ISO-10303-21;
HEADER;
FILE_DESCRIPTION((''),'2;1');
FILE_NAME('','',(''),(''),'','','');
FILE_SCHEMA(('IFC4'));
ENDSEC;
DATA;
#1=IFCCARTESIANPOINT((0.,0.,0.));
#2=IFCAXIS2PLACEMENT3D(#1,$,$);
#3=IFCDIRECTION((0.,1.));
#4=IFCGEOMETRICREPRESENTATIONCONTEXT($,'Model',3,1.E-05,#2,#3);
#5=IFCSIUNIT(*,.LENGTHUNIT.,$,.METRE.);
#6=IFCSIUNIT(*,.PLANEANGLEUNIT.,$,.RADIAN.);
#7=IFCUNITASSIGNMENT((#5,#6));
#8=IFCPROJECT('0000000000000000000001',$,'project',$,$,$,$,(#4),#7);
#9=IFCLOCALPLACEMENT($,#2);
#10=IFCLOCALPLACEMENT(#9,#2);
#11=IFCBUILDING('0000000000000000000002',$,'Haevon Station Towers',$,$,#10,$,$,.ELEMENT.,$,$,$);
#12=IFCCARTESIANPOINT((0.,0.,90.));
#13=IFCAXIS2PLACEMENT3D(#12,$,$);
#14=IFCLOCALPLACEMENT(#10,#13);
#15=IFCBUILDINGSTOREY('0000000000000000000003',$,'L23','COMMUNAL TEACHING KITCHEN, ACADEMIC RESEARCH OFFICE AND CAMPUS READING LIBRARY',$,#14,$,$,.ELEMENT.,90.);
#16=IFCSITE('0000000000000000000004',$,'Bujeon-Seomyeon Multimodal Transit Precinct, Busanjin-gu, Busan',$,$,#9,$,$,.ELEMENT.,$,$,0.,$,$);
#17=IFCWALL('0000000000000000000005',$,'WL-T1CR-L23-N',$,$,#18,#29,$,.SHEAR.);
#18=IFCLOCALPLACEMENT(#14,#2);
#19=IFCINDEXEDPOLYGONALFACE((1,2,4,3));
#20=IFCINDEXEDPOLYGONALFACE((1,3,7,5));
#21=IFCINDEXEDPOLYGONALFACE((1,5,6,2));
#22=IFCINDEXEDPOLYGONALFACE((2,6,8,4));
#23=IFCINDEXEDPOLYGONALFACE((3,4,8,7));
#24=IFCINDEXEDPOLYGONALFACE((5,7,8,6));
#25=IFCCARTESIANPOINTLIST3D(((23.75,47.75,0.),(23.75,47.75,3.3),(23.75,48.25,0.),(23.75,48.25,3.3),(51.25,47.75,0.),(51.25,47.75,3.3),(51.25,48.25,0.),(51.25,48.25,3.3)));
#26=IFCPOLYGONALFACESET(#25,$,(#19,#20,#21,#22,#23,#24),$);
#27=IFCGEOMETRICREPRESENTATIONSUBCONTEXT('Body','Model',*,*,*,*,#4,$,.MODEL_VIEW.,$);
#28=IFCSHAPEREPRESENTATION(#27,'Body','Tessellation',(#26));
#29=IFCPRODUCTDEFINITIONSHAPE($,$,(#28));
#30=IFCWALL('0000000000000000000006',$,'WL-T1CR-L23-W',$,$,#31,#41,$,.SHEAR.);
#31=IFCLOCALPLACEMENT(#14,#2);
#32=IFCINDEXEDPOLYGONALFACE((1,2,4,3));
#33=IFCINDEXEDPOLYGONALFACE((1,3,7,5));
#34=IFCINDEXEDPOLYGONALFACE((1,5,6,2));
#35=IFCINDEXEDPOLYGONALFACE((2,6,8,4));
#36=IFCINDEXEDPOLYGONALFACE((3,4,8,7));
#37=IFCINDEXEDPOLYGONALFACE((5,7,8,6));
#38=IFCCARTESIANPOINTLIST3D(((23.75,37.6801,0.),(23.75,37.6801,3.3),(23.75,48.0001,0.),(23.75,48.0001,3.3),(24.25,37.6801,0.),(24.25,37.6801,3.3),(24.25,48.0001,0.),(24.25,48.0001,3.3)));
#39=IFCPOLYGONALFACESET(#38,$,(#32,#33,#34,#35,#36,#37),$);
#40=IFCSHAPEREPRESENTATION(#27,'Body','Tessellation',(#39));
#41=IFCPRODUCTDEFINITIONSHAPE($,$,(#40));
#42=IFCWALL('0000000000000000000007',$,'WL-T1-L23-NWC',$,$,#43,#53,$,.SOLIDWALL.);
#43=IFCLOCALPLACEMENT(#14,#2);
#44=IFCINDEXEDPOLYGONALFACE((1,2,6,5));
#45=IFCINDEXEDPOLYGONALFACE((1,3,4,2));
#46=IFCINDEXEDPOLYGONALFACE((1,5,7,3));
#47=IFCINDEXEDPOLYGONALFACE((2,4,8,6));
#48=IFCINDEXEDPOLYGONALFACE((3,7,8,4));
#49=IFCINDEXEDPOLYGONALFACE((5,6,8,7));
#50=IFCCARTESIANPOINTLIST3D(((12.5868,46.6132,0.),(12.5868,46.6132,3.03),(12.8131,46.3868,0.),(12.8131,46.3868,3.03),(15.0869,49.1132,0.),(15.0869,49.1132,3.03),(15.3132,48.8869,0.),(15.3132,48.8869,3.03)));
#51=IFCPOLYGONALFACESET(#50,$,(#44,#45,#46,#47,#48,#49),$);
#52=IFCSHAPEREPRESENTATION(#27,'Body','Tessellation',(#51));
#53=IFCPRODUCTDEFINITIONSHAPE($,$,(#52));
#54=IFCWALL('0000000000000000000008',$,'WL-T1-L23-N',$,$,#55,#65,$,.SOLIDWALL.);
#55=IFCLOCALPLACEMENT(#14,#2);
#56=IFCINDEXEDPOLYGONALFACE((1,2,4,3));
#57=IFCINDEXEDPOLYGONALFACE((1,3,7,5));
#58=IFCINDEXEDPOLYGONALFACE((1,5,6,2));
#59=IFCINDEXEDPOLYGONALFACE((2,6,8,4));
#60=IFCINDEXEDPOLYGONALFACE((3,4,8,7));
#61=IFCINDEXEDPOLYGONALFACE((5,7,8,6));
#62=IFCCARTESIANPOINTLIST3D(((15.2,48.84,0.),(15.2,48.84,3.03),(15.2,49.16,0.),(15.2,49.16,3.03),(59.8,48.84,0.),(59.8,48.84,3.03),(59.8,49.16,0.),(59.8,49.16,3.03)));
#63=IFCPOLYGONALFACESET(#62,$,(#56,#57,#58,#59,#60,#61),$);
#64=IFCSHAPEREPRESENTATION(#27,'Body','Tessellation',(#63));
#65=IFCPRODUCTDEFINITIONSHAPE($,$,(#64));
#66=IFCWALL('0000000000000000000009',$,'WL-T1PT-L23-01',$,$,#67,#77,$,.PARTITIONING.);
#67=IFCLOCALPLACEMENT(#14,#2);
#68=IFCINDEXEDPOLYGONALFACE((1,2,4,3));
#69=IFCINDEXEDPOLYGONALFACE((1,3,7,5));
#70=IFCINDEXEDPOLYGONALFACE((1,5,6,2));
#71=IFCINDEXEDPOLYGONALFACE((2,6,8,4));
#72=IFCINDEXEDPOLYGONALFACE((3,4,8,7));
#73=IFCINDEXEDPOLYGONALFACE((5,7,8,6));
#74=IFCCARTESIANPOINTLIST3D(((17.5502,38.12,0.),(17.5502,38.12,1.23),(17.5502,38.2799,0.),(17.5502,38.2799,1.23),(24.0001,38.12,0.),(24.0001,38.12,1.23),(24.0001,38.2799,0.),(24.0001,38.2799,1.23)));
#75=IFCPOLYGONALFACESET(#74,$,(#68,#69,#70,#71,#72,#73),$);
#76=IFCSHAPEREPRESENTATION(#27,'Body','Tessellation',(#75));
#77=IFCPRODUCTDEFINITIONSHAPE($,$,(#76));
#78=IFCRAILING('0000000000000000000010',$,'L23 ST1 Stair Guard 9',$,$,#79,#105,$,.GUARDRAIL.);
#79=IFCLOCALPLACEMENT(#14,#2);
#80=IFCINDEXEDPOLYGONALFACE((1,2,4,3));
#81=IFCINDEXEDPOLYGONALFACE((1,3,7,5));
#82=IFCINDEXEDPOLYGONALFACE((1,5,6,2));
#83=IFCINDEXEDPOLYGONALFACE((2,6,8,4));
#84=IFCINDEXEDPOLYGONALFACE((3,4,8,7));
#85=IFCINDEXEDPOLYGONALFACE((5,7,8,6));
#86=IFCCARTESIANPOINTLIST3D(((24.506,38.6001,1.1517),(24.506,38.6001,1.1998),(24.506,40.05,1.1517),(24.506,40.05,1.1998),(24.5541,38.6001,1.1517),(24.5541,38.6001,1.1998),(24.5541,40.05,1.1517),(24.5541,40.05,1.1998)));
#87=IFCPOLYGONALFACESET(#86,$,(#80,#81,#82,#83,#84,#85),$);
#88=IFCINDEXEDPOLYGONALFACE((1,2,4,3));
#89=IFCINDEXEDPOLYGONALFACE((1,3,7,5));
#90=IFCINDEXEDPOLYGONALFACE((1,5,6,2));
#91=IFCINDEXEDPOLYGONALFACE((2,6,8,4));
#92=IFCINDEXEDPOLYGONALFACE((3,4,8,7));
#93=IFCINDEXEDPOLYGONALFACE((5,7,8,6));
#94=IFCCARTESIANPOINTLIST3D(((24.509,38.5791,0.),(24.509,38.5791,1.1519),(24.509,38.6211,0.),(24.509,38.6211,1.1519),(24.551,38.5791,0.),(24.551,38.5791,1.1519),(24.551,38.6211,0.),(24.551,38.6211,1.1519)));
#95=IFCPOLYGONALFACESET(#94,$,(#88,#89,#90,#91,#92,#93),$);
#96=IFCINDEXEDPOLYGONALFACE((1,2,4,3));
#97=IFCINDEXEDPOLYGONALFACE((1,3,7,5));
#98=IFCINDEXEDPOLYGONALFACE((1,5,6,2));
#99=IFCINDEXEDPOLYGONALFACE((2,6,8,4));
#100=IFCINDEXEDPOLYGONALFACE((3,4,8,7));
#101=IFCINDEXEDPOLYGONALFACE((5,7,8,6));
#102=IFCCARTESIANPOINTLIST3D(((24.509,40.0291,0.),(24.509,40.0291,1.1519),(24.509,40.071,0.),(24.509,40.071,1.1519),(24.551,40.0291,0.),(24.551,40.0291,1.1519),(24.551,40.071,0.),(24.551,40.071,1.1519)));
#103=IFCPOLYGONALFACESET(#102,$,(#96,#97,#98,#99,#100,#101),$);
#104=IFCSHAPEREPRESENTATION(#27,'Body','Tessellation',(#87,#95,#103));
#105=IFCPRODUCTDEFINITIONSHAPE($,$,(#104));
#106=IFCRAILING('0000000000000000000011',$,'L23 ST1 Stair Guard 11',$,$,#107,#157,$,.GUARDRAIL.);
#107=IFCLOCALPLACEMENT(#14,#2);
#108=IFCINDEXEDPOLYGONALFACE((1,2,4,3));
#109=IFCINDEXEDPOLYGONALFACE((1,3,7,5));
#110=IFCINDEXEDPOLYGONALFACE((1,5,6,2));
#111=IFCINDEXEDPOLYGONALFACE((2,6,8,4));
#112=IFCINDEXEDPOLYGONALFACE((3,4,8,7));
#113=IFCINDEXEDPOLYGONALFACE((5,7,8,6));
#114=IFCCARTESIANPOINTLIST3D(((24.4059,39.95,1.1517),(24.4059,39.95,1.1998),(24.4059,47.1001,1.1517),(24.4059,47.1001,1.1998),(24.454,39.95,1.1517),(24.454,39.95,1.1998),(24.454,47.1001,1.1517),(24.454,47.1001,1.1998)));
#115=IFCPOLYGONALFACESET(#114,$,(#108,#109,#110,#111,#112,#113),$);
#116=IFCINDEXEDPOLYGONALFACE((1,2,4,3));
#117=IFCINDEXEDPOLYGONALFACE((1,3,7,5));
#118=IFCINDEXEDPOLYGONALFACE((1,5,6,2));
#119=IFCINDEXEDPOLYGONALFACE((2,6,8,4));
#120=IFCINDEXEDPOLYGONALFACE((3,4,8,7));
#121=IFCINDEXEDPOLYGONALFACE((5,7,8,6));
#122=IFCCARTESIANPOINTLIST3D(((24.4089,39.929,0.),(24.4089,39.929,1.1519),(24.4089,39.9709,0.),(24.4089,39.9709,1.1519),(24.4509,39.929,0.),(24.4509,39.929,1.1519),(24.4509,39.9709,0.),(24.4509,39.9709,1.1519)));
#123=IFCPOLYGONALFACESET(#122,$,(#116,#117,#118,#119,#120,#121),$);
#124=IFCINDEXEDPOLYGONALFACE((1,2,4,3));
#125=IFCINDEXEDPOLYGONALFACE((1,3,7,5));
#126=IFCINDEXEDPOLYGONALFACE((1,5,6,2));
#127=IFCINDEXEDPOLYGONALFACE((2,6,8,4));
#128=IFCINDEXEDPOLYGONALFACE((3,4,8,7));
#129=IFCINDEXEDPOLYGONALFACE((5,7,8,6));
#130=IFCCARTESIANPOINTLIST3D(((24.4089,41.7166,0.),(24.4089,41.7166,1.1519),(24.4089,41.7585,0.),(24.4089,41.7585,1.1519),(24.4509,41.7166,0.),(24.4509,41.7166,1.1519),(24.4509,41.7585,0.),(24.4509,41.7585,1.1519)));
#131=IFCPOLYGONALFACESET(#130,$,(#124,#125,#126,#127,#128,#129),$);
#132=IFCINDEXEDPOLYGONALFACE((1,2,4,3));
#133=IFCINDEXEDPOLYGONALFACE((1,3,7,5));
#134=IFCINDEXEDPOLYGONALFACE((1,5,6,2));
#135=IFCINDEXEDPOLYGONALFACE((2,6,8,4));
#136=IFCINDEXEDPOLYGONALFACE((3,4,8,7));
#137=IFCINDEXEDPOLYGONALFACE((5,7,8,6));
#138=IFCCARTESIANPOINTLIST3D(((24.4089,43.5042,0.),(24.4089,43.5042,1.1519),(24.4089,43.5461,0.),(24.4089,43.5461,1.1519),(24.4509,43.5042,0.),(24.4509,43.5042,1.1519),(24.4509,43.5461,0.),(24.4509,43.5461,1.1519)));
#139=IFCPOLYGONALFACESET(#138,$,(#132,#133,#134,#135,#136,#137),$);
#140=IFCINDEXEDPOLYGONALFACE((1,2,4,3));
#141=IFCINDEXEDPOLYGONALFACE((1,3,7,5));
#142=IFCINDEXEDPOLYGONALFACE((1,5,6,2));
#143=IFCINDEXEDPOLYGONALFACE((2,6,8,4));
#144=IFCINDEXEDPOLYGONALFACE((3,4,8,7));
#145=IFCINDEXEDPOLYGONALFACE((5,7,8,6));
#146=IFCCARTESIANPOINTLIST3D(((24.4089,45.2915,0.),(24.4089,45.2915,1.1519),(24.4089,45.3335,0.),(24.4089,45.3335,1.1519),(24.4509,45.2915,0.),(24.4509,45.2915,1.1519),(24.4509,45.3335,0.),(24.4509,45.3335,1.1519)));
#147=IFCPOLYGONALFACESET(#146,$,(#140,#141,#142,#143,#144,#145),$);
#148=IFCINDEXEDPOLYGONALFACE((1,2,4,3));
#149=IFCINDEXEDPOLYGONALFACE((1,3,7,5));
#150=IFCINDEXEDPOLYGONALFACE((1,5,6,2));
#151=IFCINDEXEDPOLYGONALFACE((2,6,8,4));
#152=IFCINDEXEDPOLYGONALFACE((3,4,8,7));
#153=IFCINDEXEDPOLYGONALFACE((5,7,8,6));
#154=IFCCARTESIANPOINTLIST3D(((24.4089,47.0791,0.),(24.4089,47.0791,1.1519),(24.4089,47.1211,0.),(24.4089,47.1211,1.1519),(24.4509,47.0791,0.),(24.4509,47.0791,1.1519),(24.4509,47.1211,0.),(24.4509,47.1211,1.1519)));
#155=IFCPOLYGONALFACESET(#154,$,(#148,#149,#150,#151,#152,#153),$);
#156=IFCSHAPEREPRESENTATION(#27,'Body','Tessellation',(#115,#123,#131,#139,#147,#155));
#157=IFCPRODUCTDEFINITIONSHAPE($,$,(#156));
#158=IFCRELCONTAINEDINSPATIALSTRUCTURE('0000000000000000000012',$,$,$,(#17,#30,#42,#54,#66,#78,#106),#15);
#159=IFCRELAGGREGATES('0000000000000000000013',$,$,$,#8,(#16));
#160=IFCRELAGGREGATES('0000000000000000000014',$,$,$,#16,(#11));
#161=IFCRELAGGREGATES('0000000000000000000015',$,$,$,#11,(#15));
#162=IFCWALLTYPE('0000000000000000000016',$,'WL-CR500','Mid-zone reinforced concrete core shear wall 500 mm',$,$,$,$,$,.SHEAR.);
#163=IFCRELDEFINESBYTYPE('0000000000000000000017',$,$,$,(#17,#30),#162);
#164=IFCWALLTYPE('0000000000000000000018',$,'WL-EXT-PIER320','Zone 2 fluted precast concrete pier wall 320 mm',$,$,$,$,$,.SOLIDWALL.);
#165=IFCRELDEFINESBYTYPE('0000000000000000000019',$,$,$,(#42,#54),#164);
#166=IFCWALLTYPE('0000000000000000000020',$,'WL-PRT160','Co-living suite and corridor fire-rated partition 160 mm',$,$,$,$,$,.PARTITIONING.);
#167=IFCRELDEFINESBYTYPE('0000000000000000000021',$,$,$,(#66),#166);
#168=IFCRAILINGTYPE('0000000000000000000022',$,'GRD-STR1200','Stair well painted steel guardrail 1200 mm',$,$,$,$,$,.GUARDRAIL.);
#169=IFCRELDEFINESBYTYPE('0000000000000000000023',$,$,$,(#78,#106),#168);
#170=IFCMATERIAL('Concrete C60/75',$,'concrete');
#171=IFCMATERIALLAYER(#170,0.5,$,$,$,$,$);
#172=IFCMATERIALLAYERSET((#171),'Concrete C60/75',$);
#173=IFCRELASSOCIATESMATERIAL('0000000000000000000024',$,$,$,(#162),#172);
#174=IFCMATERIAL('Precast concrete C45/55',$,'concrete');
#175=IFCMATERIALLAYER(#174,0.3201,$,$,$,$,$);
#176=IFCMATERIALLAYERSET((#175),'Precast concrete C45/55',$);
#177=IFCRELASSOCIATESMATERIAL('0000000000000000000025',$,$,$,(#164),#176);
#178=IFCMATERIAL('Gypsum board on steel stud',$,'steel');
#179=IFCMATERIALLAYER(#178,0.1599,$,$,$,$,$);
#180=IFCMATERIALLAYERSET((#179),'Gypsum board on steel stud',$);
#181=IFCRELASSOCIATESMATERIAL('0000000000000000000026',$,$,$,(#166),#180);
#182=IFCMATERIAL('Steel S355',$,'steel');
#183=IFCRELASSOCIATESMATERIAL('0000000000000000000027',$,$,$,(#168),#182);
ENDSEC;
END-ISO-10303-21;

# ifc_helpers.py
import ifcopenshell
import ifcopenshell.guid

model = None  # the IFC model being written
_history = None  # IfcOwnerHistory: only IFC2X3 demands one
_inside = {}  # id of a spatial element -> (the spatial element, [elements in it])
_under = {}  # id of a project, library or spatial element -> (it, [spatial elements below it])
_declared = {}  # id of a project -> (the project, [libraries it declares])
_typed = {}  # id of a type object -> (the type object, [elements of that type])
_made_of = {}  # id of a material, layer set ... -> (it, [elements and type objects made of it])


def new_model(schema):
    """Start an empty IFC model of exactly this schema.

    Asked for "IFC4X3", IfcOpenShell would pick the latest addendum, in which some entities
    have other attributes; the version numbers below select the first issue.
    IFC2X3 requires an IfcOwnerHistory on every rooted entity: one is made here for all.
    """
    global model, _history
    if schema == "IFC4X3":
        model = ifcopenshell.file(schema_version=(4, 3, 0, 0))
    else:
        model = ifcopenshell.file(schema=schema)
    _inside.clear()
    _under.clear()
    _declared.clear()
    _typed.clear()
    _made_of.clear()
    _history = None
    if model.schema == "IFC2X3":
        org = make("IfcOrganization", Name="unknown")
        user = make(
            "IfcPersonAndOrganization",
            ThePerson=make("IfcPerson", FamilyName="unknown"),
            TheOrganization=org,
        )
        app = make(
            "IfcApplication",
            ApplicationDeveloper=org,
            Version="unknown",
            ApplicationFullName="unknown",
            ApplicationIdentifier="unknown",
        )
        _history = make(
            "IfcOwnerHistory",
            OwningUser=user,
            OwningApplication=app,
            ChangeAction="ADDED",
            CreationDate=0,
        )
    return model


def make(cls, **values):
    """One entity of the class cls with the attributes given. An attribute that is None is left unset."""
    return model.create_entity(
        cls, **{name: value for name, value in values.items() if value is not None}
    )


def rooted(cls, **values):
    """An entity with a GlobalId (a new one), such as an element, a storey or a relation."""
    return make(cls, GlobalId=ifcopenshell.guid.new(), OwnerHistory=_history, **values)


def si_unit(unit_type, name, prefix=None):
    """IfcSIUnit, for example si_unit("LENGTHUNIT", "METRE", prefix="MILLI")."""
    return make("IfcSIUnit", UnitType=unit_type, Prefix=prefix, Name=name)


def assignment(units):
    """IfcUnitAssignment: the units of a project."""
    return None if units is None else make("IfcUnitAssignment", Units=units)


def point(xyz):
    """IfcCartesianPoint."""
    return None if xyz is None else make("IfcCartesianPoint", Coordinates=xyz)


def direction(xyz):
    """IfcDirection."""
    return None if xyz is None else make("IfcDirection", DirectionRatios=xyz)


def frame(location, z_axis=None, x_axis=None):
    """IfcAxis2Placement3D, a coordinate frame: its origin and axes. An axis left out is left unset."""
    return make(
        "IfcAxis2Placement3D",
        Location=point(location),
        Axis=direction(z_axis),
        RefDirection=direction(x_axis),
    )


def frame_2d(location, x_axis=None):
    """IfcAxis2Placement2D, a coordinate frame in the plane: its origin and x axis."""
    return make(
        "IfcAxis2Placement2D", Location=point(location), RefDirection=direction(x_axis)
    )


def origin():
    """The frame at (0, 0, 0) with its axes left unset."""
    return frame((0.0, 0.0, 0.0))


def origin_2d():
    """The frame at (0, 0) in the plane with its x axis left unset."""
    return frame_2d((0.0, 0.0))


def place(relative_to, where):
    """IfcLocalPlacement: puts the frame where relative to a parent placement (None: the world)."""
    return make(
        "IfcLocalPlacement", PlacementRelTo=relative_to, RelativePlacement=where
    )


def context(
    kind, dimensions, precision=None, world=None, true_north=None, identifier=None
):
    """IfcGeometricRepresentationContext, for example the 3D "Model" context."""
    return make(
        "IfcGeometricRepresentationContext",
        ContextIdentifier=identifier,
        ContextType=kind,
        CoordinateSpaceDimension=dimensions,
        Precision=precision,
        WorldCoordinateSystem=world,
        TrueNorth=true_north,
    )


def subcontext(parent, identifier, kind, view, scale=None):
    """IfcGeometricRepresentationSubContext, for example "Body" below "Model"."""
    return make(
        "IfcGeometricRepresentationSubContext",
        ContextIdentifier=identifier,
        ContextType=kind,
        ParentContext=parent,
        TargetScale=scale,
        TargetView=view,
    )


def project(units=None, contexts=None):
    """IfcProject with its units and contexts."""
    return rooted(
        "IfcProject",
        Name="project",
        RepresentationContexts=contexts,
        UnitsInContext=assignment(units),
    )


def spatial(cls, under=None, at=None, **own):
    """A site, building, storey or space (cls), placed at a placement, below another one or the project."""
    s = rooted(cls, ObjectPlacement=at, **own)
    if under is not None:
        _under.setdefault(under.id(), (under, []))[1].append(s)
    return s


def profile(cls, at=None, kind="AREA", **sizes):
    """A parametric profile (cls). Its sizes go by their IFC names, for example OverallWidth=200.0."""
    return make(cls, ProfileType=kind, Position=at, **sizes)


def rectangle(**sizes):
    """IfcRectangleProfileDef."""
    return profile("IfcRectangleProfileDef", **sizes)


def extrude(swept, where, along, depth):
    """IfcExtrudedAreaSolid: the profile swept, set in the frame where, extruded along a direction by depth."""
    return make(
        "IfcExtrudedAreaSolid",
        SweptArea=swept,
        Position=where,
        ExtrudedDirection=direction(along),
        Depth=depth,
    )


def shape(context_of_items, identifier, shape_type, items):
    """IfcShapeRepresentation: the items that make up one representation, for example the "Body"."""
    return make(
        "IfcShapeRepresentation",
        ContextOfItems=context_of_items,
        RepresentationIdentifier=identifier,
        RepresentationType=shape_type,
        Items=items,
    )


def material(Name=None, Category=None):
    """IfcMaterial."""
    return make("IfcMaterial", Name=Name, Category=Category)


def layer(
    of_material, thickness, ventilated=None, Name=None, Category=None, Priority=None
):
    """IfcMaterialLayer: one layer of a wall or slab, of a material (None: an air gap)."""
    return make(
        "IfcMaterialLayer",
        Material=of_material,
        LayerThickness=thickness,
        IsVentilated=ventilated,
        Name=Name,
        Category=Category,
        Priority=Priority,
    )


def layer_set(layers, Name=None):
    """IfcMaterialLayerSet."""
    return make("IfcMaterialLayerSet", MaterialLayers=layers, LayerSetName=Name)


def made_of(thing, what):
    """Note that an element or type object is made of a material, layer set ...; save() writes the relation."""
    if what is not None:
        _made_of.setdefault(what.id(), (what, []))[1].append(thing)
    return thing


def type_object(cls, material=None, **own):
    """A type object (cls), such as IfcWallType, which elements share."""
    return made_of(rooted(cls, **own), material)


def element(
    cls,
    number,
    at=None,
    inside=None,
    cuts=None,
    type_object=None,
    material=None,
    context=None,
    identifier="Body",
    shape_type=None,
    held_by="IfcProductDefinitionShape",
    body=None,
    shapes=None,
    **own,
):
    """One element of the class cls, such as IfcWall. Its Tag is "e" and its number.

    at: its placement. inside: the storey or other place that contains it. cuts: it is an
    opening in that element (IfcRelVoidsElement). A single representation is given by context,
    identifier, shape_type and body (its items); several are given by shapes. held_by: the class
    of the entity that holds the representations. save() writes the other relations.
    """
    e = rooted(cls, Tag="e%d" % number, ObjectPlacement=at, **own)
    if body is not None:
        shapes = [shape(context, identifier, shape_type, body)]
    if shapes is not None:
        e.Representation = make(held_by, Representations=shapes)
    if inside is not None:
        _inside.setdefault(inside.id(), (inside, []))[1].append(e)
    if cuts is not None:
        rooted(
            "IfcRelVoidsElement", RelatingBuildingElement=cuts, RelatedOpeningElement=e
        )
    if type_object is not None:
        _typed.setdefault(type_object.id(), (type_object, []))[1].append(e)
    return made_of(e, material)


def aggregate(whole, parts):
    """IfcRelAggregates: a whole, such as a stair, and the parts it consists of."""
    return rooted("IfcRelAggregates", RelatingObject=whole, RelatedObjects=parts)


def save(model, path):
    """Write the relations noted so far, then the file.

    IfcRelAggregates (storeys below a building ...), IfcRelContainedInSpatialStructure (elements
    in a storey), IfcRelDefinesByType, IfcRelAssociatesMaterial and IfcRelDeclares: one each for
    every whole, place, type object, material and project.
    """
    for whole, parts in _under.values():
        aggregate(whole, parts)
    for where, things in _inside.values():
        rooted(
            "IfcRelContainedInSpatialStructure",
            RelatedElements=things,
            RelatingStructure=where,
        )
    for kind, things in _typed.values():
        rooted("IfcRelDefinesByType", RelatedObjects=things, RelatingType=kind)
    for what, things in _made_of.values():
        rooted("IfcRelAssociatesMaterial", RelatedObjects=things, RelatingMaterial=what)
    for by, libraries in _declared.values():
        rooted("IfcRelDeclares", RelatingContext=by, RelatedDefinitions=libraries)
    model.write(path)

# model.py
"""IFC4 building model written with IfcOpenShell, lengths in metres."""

from ifc_helpers import new_model, si_unit, direction, frame, frame_2d, origin, origin_2d, place, context, subcontext, project, spatial, rectangle, extrude, material, layer, layer_set, type_object, element, save


model = new_model("IFC4")

# Units and contexts
model_context = context("Model", 3, precision=1e-05, world=origin(), true_north=direction((0.0, 1.0)))
body_context = subcontext(model_context, "Body", "Model", "MODEL_VIEW")
ifc_project = project(units=[si_unit("LENGTHUNIT", "METRE"), si_unit("PLANEANGLEUNIT", "RADIAN")], contexts=[model_context])

# Site, building, storey
site_placement = place(None, origin())
site = spatial("IfcSite", under=ifc_project, at=site_placement, Name="Bujeon-Seomyeon Multimodal Transit Precinct, Busanjin-gu, Busan", CompositionType="ELEMENT", RefElevation=0.0)
building_placement = place(site_placement, origin())
building = spatial("IfcBuilding", under=site, at=building_placement, Name="Haevon Station Towers", CompositionType="ELEMENT")
storey_placement = place(building_placement, frame((0.0, 0.0, 90.0)))
storey = spatial("IfcBuildingStorey", under=building, at=storey_placement, Name="L23", Description="COMMUNAL TEACHING KITCHEN, ACADEMIC RESEARCH OFFICE AND CAMPUS READING LIBRARY", CompositionType="ELEMENT", Elevation=90.0)

# Shared definitions
ifc_material_1 = material(Name="Steel S355", Category="steel")

# Shared definitions
ifc_material_2 = material(Name="Gypsum board on steel stud", Category="steel")

# Walls
ifc_material_3 = material(Name="Concrete C60/75", Category="concrete")
ifc_layer_1 = layer(ifc_material_3, 0.5)
ifc_layer_set_1 = layer_set([ifc_layer_1], Name="Concrete C60/75")
wall_type_1 = type_object("IfcWallType", Name="WL-CR500", Description="Mid-zone reinforced concrete core shear wall 500 mm", PredefinedType="SHEAR", material=ifc_layer_set_1)
wall_1_placement = place(storey_placement, frame((23.75, 48.0, 0.0), z_axis=(0.0, 0.0, 1.0), x_axis=(1.0, 0.0, 0.0)))
element("IfcWall", 1, at=wall_1_placement, inside=storey, type_object=wall_type_1, Name="WL-T1CR-L23-N", PredefinedType="SHEAR", context=body_context, shape_type="SweptSolid", body=[
    extrude(rectangle(XDim=27.5, YDim=0.5, at=frame_2d((13.75, 0.0))), origin(), (0.0, 0.0, 1.0), 3.3),
])
wall_2_placement = place(storey_placement, frame((24.0, 37.6799, 0.0), z_axis=(0.0, 0.0, 1.0), x_axis=(0.0, 1.0, 0.0)))
element("IfcWall", 2, at=wall_2_placement, inside=storey, type_object=wall_type_1, Name="WL-T1CR-L23-W", PredefinedType="SHEAR", context=body_context, shape_type="SweptSolid", body=[
    extrude(rectangle(XDim=10.3201, YDim=0.5, at=frame_2d((5.1602, 0.0))), origin(), (0.0, 0.0, 1.0), 3.3),
])
ifc_material_4 = material(Name="Precast concrete C45/55", Category="concrete")
ifc_layer_2 = layer(ifc_material_4, 0.3201)
ifc_layer_set_2 = layer_set([ifc_layer_2], Name="Precast concrete C45/55")
wall_type_2 = type_object("IfcWallType", Name="WL-EXT-PIER320", Description="Zone 2 fluted precast concrete pier wall 320 mm", PredefinedType="SOLIDWALL", material=ifc_layer_set_2)
wall_3_placement = place(storey_placement, frame((12.7, 46.5, 0.0), z_axis=(0.0, 0.0, 1.0), x_axis=(0.707107, 0.707107, 0.0)))
element("IfcWall", 3, at=wall_3_placement, inside=storey, type_object=wall_type_2, Name="WL-T1-L23-NWC", PredefinedType="SOLIDWALL", context=body_context, shape_type="SweptSolid", body=[
    extrude(rectangle(XDim=3.5356, YDim=0.3201, at=frame_2d((1.7678, 0.0))), origin(), (0.0, 0.0, 1.0), 3.03),
])
wall_4_placement = place(storey_placement, frame((15.2, 49.0, 0.0), z_axis=(0.0, 0.0, 1.0), x_axis=(1.0, 0.0, 0.0)))
element("IfcWall", 4, at=wall_4_placement, inside=storey, type_object=wall_type_2, Name="WL-T1-L23-N", PredefinedType="SOLIDWALL", context=body_context, shape_type="SweptSolid", body=[
    extrude(rectangle(XDim=44.6001, YDim=0.3201, at=frame_2d((22.3, 0.0))), origin(), (0.0, 0.0, 1.0), 3.03),
])
ifc_layer_3 = layer(ifc_material_2, 0.1599)
ifc_layer_set_3 = layer_set([ifc_layer_3], Name="Gypsum board on steel stud")
wall_type_3 = type_object("IfcWallType", Name="WL-PRT160", Description="Co-living suite and corridor fire-rated partition 160 mm", PredefinedType="PARTITIONING", material=ifc_layer_set_3)
wall_5_placement = place(storey_placement, frame((17.55, 38.2, 0.0), z_axis=(0.0, 0.0, 1.0), x_axis=(1.0, 0.0, 0.0)))
element("IfcWall", 5, at=wall_5_placement, inside=storey, type_object=wall_type_3, Name="WL-T1PT-L23-01", PredefinedType="PARTITIONING", context=body_context, shape_type="SweptSolid", body=[
    extrude(rectangle(XDim=6.45, YDim=0.1599, at=frame_2d((3.2251, 0.0))), origin(), (0.0, 0.0, 1.0), 1.23),
])

# Railings
railing_type = type_object("IfcRailingType", Name="GRD-STR1200", Description="Stair well painted steel guardrail 1200 mm", PredefinedType="GUARDRAIL", material=ifc_material_1)
railing_1_placement = place(storey_placement, frame((24.53, 38.6001, 0.0)))
element("IfcRailing", 6, at=railing_1_placement, inside=storey, type_object=railing_type, Name="L23 ST1 Stair Guard 9", PredefinedType="GUARDRAIL", context=body_context, shape_type="SweptSolid", body=[
    extrude(rectangle(XDim=0.0481, YDim=0.0481, at=origin_2d()), frame((0.0, 0.0, 1.1758), z_axis=(0.0, 1.0, 0.0), x_axis=(-1.0, 0.0, 0.0)), (0.0, 0.0, 1.0), 1.45),
    extrude(rectangle(XDim=0.042, YDim=0.042, at=origin_2d()), origin(), (0.0, 0.0, 1.0), 1.1519),
    extrude(rectangle(XDim=0.042, YDim=0.042, at=origin_2d()), frame((0.0, 1.45, 0.0)), (0.0, 0.0, 1.0), 1.1519),
])
railing_2_placement = place(storey_placement, frame((24.4299, 39.95, 0.0)))
element("IfcRailing", 7, at=railing_2_placement, inside=storey, type_object=railing_type, Name="L23 ST1 Stair Guard 11", PredefinedType="GUARDRAIL", context=body_context, shape_type="SweptSolid", body=[
    extrude(rectangle(XDim=0.0481, YDim=0.0481, at=origin_2d()), frame((0.0, 0.0, 1.1758), z_axis=(0.0, 1.0, 0.0), x_axis=(-1.0, 0.0, 0.0)), (0.0, 0.0, 1.0), 7.1501),
    extrude(rectangle(XDim=0.042, YDim=0.042, at=origin_2d()), origin(), (0.0, 0.0, 1.0), 1.1519),
    extrude(rectangle(XDim=0.042, YDim=0.042, at=origin_2d()), frame((0.0, 1.7876, 0.0)), (0.0, 0.0, 1.0), 1.1519),
    extrude(rectangle(XDim=0.042, YDim=0.042, at=origin_2d()), frame((0.0, 3.5752, 0.0)), (0.0, 0.0, 1.0), 1.1519),
    extrude(rectangle(XDim=0.042, YDim=0.042, at=origin_2d()), frame((0.0, 5.3625, 0.0)), (0.0, 0.0, 1.0), 1.1519),
    extrude(rectangle(XDim=0.042, YDim=0.042, at=origin_2d()), frame((0.0, 7.1501, 0.0)), (0.0, 0.0, 1.0), 1.1519),
])

save(model, "model.ifc")
